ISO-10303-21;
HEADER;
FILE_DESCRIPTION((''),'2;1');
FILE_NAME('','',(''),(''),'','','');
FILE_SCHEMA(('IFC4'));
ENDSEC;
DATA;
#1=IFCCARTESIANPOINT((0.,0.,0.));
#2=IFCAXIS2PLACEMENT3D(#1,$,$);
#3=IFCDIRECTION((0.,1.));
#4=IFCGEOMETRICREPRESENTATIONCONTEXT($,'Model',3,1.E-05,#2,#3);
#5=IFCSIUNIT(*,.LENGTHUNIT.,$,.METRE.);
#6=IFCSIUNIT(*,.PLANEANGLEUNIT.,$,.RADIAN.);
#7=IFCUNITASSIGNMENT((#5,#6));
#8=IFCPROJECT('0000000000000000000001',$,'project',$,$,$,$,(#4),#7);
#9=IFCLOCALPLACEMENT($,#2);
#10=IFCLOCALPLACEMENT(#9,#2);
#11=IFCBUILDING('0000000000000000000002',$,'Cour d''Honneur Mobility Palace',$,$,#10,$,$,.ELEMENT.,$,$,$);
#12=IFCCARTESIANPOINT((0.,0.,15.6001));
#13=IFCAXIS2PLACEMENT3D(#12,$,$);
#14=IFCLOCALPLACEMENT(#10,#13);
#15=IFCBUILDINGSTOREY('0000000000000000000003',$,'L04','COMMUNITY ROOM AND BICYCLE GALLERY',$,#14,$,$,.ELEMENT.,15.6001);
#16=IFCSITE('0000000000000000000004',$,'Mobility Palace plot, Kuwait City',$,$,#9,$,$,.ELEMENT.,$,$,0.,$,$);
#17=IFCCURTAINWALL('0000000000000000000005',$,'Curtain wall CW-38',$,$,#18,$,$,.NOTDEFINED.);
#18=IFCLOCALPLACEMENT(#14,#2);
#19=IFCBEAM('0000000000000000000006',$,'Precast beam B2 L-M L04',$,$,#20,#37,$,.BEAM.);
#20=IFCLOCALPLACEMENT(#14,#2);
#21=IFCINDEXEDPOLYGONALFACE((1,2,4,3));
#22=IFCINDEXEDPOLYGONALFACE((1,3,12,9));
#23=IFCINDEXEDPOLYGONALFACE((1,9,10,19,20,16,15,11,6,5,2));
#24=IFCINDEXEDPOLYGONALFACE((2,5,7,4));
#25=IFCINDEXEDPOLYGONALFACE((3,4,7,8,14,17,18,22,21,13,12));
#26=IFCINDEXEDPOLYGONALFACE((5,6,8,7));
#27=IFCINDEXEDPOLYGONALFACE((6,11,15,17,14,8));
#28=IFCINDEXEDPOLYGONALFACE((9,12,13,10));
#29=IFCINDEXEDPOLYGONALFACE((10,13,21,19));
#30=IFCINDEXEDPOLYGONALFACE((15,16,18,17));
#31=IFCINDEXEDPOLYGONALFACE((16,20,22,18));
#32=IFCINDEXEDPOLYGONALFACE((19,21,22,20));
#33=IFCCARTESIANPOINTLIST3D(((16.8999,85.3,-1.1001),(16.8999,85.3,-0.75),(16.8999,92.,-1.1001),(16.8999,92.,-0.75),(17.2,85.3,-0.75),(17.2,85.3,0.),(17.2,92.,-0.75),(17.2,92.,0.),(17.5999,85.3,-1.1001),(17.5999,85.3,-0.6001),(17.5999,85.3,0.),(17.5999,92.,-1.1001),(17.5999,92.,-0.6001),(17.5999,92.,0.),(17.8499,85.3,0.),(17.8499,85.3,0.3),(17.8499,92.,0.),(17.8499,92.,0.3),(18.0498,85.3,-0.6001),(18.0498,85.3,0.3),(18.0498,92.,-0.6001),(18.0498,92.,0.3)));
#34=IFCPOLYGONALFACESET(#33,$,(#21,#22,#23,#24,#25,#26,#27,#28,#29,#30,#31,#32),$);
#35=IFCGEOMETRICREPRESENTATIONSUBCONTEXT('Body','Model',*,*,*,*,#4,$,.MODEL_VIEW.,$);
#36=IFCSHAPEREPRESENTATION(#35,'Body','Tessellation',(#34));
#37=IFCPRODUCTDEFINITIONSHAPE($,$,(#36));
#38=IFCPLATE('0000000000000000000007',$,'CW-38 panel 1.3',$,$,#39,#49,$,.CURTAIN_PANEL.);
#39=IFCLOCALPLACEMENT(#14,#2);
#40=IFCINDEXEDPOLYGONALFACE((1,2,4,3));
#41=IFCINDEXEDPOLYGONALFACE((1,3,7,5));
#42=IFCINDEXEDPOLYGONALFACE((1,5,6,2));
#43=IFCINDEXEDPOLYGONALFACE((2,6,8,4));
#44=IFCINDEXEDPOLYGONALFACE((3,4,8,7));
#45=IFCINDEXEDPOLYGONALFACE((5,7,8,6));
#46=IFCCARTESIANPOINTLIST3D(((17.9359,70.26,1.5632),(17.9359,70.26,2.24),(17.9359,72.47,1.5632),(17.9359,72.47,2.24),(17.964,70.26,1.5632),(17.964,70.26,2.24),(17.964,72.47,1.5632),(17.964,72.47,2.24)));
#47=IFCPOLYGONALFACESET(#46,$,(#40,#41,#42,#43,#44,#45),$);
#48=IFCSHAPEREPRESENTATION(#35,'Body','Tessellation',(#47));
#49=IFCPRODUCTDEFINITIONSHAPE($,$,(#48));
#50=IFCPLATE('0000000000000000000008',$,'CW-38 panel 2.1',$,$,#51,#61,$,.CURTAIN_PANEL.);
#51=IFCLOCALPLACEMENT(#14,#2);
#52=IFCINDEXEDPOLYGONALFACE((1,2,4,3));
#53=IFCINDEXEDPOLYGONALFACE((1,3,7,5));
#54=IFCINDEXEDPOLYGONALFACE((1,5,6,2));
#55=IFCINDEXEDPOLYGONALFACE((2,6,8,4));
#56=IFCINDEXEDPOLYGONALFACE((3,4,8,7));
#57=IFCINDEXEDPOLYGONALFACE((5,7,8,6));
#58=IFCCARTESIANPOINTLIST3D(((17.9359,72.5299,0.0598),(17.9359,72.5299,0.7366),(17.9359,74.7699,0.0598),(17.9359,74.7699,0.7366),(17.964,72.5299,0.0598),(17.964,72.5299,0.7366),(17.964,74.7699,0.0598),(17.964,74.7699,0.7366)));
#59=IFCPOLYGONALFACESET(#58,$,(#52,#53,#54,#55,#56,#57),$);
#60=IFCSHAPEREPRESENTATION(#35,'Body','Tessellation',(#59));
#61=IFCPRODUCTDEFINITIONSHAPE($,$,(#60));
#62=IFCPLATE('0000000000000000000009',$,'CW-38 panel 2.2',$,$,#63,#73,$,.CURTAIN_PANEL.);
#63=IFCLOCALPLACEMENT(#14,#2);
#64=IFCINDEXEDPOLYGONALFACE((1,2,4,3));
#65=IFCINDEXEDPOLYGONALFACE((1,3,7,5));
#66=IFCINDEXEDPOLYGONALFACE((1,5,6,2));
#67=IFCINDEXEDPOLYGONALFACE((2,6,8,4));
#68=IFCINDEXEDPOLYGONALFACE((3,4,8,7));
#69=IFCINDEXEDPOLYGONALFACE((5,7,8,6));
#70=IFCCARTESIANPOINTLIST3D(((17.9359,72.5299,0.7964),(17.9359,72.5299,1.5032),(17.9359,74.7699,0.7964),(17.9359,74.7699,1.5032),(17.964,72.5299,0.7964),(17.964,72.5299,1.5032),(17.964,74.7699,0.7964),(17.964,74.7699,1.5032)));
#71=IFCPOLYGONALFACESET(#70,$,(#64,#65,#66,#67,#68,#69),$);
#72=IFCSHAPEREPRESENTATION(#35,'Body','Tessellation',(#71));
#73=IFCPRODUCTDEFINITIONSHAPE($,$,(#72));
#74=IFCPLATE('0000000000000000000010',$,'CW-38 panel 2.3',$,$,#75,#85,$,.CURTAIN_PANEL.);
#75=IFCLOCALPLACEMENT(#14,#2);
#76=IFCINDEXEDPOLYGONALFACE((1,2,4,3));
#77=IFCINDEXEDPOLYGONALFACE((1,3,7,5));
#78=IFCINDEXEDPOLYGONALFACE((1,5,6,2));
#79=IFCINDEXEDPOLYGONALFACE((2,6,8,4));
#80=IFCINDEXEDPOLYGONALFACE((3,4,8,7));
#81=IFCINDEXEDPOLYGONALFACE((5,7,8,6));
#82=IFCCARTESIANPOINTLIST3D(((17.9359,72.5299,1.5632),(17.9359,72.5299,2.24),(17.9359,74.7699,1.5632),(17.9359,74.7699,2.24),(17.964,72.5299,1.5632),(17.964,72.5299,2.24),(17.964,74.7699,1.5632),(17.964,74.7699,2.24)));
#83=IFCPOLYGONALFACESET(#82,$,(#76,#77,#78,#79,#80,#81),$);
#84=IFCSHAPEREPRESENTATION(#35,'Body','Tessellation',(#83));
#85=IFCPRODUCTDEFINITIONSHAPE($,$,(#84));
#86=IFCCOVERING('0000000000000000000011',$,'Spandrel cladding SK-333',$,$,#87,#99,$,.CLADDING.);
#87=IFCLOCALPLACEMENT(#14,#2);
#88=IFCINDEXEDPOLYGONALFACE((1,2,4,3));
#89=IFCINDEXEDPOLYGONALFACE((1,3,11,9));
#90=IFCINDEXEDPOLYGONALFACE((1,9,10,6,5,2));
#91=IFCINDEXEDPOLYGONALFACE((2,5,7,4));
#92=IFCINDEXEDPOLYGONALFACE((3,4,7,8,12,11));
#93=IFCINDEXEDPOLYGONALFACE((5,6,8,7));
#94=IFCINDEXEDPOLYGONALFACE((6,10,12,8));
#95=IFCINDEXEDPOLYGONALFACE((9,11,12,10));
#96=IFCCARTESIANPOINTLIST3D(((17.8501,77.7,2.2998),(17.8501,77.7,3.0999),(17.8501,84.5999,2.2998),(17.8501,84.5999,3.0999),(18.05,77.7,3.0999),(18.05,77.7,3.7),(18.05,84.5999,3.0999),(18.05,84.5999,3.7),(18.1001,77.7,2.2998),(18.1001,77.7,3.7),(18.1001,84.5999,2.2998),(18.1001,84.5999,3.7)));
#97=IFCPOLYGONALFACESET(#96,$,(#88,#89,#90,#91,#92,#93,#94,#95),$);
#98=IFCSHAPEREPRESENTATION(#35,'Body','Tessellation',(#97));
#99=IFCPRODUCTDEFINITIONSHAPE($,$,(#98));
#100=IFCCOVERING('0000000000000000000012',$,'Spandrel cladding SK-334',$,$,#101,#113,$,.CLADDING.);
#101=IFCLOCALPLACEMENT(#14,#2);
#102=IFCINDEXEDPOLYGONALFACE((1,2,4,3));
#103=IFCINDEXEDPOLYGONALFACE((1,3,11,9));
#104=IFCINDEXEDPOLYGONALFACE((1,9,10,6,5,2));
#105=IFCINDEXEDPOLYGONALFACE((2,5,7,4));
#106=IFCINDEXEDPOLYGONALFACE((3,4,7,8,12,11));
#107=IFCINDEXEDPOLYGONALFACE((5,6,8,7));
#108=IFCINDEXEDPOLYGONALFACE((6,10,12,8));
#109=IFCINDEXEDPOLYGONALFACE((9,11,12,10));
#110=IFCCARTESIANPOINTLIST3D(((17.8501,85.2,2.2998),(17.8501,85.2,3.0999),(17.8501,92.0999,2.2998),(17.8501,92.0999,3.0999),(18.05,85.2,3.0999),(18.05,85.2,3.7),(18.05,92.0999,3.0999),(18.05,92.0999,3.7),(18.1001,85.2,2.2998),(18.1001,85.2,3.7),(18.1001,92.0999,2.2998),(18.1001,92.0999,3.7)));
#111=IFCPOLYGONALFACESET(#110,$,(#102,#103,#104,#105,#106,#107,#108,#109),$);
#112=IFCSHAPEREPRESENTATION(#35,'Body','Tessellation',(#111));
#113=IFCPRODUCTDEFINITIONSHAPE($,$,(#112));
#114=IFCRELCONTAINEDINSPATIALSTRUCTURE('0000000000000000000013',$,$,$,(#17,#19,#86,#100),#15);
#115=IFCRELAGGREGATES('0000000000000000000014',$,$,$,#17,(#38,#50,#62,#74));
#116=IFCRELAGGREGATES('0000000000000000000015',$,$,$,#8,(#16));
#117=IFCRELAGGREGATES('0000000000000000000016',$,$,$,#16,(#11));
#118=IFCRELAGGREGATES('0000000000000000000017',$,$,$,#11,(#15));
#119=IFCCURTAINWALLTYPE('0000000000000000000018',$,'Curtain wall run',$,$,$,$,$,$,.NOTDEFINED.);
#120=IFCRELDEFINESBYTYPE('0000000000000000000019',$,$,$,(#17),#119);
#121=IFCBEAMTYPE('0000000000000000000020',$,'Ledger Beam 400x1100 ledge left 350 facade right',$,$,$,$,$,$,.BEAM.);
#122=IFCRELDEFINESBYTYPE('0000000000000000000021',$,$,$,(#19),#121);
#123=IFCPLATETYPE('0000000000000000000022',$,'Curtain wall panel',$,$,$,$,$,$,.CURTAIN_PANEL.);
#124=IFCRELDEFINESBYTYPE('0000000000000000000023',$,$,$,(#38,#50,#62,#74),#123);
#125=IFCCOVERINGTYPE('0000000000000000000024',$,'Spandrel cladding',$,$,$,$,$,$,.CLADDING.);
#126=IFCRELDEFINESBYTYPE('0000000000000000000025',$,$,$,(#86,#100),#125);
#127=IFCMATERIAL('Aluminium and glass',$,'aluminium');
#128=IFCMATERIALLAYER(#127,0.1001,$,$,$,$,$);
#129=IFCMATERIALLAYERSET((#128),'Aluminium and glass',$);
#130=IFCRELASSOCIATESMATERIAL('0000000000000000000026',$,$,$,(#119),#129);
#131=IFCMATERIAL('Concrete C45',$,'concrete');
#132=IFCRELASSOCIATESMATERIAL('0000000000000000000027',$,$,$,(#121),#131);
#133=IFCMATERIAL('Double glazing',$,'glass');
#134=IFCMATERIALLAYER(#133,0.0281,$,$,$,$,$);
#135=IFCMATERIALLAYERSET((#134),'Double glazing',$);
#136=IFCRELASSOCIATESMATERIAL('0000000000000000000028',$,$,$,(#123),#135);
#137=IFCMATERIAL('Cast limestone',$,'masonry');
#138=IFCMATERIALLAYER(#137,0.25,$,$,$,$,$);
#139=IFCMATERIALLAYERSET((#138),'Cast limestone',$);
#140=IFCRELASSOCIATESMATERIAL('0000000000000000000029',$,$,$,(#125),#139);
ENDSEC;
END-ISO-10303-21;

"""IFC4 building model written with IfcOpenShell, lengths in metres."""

from ifc_helpers import new_model, si_unit, direction, frame, origin, origin_2d, place, context, subcontext, project, spatial, polyline, rectangle, outline, extrude, material, layer, layer_set, material_profile, profile_set, type_object, element, aggregate, save


model = new_model("IFC4")

# Units and contexts
model_context = context("Model", 3, precision=1e-05, world=origin(), true_north=direction((0.0, 1.0)))
body_context = subcontext(model_context, "Body", "Model", "MODEL_VIEW")
ifc_project = project(units=[si_unit("LENGTHUNIT", "METRE"), si_unit("PLANEANGLEUNIT", "RADIAN")], contexts=[model_context])

# Site, building, storey
site_placement = place(None, origin())
site = spatial("IfcSite", under=ifc_project, at=site_placement, Name="Mobility Palace plot, Kuwait City", CompositionType="ELEMENT", RefElevation=0.0)
building_placement = place(site_placement, origin())
building = spatial("IfcBuilding", under=site, at=building_placement, Name="Cour d'Honneur Mobility Palace", CompositionType="ELEMENT")
storey_placement = place(building_placement, frame((0.0, 0.0, 15.6001)))
storey = spatial("IfcBuildingStorey", under=building, at=storey_placement, Name="L04", Description="COMMUNITY ROOM AND BICYCLE GALLERY", CompositionType="ELEMENT", Elevation=15.6001)

# Curtain wall
ifc_material_1 = material(Name="Aluminium and glass", Category="aluminium")
ifc_layer_1 = layer(ifc_material_1, 0.1001)
ifc_layer_set_1 = layer_set([ifc_layer_1], Name="Aluminium and glass")
curtain_wall_type = type_object("IfcCurtainWallType", Name="Curtain wall run", PredefinedType="NOTDEFINED", material=ifc_layer_set_1)
curtain_wall_placement = place(storey_placement, origin())
curtain_wall = element("IfcCurtainWall", 1, at=curtain_wall_placement, inside=storey, type_object=curtain_wall_type, Name="Curtain wall CW-38", PredefinedType="NOTDEFINED")

# Beam
ifc_material_2 = material(Name="Concrete C45", Category="concrete")
ifc_material_profile_1 = material_profile(ifc_material_2, outline(polyline([(0.5, -1.1001), (0.5, -0.75), (0.2, -0.75), (0.2, 0.0), (-0.2, 0.0), (-0.45, 0.0), (-0.45, 0.3), (-0.6499, 0.3), (-0.6499, -0.6001), (-0.2, -0.6001), (-0.2, -1.1001), (0.5, -1.1001)])), Name="Ledger Beam 400x1100 ledge left 350 facade right")
ifc_profile_set_1 = profile_set([ifc_material_profile_1], Name="Concrete C45")
beam_type = type_object("IfcBeamType", Name="Ledger Beam 400x1100 ledge left 350 facade right", PredefinedType="BEAM", material=ifc_profile_set_1)
for number, where, z_axis, x_axis, name in (
    (2, (17.3999, 85.3, 0.0), (0.0, 1.0, 0.0), (-1.0, 0.0, 0.0), "Precast beam B2 L-M L04"),
):
    element("IfcBeam", number, at=place(storey_placement, frame(where, z_axis=z_axis, x_axis=x_axis)), inside=storey, type_object=beam_type, Name=name, PredefinedType="BEAM", context=body_context, shape_type="SweptSolid", body=[
        extrude(outline(polyline([(0.5, -1.1001), (0.5, -0.75), (0.2, -0.75), (0.2, 0.0), (-0.2, 0.0), (-0.45, 0.0), (-0.45, 0.3), (-0.6499, 0.3), (-0.6499, -0.6001), (-0.2, -0.6001), (-0.2, -1.1001), (0.5, -1.1001)])), origin(), (0.0, 0.0, 1.0), 6.7),
    ])

# Plates
ifc_material_3 = material(Name="Double glazing", Category="glass")
ifc_layer_2 = layer(ifc_material_3, 0.0281)
ifc_layer_set_2 = layer_set([ifc_layer_2], Name="Double glazing")
plate_type = type_object("IfcPlateType", Name="Curtain wall panel", PredefinedType="CURTAIN_PANEL", material=ifc_layer_set_2)
plate_1_placement = place(storey_placement, frame((17.95, 71.365, 1.5632), z_axis=(0.0, 0.0, 1.0), x_axis=(0.0, 1.0, 0.0)))
plate_1 = element("IfcPlate", 3, at=plate_1_placement, type_object=plate_type, Name="CW-38 panel 1.3", PredefinedType="CURTAIN_PANEL", context=body_context, shape_type="SweptSolid", body=[
    extrude(rectangle(XDim=2.21, YDim=0.0281, at=origin_2d()), origin(), (0.0, 0.0, 1.0), 0.6768),
])
plate_2_placement = place(storey_placement, frame((17.95, 73.6499, 0.0598), z_axis=(0.0, 0.0, 1.0), x_axis=(0.0, 1.0, 0.0)))
plate_2 = element("IfcPlate", 4, at=plate_2_placement, type_object=plate_type, Name="CW-38 panel 2.1", PredefinedType="CURTAIN_PANEL", context=body_context, shape_type="SweptSolid", body=[
    extrude(rectangle(XDim=2.24, YDim=0.0281, at=origin_2d()), origin(), (0.0, 0.0, 1.0), 0.6768),
])
plate_3_placement = place(storey_placement, frame((17.95, 73.6499, 0.7964), z_axis=(0.0, 0.0, 1.0), x_axis=(0.0, 1.0, 0.0)))
plate_3 = element("IfcPlate", 5, at=plate_3_placement, type_object=plate_type, Name="CW-38 panel 2.2", PredefinedType="CURTAIN_PANEL", context=body_context, shape_type="SweptSolid", body=[
    extrude(rectangle(XDim=2.24, YDim=0.0281, at=origin_2d()), origin(), (0.0, 0.0, 1.0), 0.7068),
])
plate_4_placement = place(storey_placement, frame((17.95, 73.6499, 1.5632), z_axis=(0.0, 0.0, 1.0), x_axis=(0.0, 1.0, 0.0)))
plate_4 = element("IfcPlate", 6, at=plate_4_placement, type_object=plate_type, Name="CW-38 panel 2.3", PredefinedType="CURTAIN_PANEL", context=body_context, shape_type="SweptSolid", body=[
    extrude(rectangle(XDim=2.24, YDim=0.0281, at=origin_2d()), origin(), (0.0, 0.0, 1.0), 0.6768),
])
aggregate(curtain_wall, [plate_1, plate_2, plate_3, plate_4])

# Coverings
ifc_material_4 = material(Name="Cast limestone", Category="masonry")
ifc_layer_3 = layer(ifc_material_4, 0.25)
ifc_layer_set_3 = layer_set([ifc_layer_3], Name="Cast limestone")
covering_type = type_object("IfcCoveringType", Name="Spandrel cladding", PredefinedType="CLADDING", material=ifc_layer_set_3)
for number, where, z_axis, x_axis, name in (
    (7, (17.8501, 77.7, 2.2998), (0.0, -1.0, 0.0), (1.0, 0.0, 0.0), "Spandrel cladding SK-333"),
    (8, (17.8501, 85.2, 2.2998), (0.0, -1.0, 0.0), (1.0, 0.0, 0.0), "Spandrel cladding SK-334"),
):
    element("IfcCovering", number, at=place(storey_placement, frame(where, z_axis=z_axis, x_axis=x_axis)), inside=storey, type_object=covering_type, Name=name, PredefinedType="CLADDING", context=body_context, shape_type="SweptSolid", body=[
        extrude(outline(polyline([(0.0, 0.0), (0.25, 0.0), (0.25, 1.4001), (0.2, 1.4001), (0.2, 0.8), (0.0, 0.8), (0.0, 0.0)])), origin(), (0.0, 0.0, -1.0), 6.8999),
    ])

save(model, "model.ifc")
